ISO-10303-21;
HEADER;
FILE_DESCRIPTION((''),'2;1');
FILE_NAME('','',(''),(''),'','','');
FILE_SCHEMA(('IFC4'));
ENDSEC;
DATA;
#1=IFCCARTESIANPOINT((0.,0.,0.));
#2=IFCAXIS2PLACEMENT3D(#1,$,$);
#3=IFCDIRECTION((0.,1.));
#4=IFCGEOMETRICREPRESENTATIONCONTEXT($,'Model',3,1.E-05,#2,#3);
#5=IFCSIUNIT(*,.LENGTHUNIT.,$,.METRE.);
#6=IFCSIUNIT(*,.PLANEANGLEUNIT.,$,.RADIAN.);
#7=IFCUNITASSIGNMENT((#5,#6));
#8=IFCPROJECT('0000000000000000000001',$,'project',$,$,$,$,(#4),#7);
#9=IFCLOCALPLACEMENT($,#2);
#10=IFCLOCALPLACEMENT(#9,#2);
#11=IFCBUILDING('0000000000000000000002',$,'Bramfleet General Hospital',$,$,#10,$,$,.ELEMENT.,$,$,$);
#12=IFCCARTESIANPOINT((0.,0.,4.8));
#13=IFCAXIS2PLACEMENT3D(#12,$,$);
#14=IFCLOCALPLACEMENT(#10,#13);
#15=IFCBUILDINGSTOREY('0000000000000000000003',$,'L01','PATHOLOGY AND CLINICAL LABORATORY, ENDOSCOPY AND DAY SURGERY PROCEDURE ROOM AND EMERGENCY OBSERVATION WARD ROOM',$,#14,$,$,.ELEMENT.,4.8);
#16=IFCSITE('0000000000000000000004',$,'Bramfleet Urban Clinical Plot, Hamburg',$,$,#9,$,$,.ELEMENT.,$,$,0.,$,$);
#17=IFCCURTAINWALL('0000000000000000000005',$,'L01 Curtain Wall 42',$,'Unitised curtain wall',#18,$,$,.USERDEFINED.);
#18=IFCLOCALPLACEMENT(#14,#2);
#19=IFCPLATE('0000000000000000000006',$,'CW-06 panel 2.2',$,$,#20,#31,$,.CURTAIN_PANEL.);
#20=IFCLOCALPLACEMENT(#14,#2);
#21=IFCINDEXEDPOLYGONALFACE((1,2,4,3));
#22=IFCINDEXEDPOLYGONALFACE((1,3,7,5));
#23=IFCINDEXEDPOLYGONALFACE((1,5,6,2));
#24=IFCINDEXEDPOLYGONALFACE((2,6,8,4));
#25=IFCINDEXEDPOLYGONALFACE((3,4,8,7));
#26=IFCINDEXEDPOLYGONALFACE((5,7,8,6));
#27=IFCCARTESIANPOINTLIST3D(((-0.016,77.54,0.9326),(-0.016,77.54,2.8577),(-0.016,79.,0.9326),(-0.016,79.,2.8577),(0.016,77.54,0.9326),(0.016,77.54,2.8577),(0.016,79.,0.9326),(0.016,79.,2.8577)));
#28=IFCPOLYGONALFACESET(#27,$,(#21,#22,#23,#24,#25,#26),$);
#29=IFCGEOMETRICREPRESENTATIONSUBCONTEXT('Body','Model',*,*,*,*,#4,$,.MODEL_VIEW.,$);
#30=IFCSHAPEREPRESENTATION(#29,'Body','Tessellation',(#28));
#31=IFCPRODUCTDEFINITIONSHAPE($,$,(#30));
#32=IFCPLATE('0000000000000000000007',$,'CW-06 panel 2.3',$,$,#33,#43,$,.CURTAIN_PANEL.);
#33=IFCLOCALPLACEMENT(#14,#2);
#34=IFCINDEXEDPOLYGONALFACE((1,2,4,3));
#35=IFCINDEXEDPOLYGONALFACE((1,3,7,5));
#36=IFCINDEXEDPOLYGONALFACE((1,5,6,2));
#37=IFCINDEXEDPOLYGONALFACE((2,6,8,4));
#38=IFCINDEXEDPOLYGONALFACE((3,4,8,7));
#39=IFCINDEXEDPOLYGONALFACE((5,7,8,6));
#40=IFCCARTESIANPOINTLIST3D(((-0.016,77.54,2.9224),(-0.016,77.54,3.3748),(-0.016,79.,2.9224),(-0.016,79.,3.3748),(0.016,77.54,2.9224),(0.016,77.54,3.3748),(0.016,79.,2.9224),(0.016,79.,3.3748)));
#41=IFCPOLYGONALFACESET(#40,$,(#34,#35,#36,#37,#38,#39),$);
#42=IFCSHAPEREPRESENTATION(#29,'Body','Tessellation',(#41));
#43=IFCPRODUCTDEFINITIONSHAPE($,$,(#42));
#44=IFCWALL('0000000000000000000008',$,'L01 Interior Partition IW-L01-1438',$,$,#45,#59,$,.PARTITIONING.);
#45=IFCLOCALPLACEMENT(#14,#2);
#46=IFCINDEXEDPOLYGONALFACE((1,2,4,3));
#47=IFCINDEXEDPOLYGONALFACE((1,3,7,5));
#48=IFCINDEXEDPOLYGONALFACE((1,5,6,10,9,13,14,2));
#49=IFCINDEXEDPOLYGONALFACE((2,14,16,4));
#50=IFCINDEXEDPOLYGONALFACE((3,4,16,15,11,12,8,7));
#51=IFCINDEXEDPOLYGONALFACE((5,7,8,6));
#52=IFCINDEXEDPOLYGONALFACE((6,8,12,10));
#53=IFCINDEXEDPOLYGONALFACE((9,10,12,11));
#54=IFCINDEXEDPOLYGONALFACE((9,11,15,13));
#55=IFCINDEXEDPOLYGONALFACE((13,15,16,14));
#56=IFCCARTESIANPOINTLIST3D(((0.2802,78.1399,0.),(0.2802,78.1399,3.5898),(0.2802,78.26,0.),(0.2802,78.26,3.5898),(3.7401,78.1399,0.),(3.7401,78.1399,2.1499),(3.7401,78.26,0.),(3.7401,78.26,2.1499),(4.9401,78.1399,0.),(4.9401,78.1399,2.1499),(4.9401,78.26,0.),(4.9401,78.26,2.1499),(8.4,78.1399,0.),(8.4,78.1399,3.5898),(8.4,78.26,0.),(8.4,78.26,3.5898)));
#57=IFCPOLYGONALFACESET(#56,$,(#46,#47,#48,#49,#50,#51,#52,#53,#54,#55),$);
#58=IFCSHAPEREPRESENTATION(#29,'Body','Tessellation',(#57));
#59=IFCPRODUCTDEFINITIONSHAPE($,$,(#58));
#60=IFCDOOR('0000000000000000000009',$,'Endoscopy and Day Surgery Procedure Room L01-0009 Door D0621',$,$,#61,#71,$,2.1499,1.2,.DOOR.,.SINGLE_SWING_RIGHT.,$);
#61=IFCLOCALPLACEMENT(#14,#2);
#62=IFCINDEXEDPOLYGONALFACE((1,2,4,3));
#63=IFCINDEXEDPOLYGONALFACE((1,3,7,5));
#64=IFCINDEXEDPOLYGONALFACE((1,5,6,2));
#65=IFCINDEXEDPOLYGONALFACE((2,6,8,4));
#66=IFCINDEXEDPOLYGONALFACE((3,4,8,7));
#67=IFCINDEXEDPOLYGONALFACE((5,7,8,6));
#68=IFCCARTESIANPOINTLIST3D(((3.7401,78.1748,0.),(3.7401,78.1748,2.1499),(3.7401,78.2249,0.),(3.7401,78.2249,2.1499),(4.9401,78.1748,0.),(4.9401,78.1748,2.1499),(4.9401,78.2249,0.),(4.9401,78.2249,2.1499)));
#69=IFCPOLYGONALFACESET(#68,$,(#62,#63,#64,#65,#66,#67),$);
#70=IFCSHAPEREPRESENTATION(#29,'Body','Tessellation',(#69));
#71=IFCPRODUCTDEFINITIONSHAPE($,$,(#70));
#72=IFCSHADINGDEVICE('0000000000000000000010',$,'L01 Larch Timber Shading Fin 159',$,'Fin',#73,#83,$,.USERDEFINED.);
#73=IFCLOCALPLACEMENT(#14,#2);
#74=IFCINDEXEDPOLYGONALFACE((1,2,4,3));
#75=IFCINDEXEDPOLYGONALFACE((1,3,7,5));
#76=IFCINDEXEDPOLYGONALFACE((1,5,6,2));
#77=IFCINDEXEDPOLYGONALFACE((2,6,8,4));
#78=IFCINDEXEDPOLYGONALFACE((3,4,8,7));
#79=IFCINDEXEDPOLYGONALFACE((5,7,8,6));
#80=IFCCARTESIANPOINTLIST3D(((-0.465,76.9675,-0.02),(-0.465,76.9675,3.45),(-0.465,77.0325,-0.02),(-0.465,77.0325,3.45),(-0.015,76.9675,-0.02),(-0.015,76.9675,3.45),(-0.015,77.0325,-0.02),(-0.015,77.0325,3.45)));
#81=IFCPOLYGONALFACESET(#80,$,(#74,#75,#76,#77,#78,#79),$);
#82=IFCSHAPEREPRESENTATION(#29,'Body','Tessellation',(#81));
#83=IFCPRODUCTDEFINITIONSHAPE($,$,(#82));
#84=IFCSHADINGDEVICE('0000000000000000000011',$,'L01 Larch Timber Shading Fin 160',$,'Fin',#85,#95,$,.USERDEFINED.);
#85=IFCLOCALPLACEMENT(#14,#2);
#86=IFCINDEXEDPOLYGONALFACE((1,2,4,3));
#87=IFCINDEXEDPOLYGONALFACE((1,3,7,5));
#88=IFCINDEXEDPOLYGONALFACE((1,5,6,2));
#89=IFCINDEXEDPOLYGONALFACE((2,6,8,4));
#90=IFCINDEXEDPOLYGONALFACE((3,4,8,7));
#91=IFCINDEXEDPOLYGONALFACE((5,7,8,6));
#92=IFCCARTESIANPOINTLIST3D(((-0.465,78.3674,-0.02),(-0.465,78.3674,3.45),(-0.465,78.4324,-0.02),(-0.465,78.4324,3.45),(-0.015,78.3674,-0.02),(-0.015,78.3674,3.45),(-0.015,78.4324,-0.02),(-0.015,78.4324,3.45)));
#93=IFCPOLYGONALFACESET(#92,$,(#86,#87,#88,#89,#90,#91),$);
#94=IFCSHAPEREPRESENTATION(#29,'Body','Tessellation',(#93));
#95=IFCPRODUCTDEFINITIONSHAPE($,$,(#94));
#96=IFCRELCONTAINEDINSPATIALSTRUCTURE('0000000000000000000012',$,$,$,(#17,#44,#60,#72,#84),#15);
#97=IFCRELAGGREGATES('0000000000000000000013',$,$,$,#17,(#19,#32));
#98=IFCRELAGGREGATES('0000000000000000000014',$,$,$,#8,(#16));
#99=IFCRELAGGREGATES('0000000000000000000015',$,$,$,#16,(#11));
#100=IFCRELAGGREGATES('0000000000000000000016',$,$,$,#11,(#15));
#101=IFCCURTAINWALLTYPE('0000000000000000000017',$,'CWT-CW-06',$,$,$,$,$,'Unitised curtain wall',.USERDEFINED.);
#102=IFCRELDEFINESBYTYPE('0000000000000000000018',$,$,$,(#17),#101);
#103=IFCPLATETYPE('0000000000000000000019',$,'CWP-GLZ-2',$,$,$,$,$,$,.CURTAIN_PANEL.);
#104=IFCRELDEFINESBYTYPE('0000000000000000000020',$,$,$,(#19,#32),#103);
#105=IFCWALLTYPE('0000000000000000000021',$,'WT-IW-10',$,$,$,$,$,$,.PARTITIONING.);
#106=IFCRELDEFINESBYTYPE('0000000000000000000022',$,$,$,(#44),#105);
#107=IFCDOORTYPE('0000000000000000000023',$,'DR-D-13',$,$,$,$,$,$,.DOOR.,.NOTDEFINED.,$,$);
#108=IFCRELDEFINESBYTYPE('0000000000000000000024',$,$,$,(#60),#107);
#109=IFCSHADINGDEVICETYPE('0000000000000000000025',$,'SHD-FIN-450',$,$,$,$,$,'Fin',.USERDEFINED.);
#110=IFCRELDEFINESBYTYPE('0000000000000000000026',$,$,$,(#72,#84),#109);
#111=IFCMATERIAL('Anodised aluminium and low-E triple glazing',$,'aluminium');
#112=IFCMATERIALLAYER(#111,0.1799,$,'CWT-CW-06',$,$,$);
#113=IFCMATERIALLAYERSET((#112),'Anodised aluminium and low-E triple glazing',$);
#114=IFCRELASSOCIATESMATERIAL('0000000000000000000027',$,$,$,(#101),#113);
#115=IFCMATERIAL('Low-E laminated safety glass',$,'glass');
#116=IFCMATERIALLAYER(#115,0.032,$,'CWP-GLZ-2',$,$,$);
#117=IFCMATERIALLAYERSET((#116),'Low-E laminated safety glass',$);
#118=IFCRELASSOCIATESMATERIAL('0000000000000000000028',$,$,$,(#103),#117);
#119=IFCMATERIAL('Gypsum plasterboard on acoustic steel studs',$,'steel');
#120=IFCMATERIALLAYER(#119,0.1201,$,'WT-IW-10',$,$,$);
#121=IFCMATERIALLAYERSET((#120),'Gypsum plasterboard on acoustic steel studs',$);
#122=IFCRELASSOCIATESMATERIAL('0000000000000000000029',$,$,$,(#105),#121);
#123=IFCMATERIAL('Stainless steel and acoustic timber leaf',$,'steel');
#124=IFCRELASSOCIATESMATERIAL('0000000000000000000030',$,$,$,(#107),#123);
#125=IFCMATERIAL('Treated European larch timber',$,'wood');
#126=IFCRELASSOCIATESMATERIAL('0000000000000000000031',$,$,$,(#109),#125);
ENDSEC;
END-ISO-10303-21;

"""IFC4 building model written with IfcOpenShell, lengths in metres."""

from ifc_helpers import new_model, si_unit, direction, frame, frame_2d, origin, origin_2d, place, context, subcontext, project, spatial, rectangle, extrude, material, layer, layer_set, material_profile, profile_set, type_object, element, fill, aggregate, save


model = new_model("IFC4")

# Units and contexts
model_context = context("Model", 3, precision=1e-05, world=origin(), true_north=direction((0.0, 1.0)))
body_context = subcontext(model_context, "Body", "Model", "MODEL_VIEW")
ifc_project = project(units=[si_unit("LENGTHUNIT", "METRE"), si_unit("PLANEANGLEUNIT", "RADIAN")], contexts=[model_context])

# Site, building, storey
site_placement = place(None, origin())
site = spatial("IfcSite", under=ifc_project, at=site_placement, Name="Bramfleet Urban Clinical Plot, Hamburg", CompositionType="ELEMENT", RefElevation=0.0)
building_placement = place(site_placement, origin())
building = spatial("IfcBuilding", under=site, at=building_placement, Name="Bramfleet General Hospital", CompositionType="ELEMENT")
storey_placement = place(building_placement, frame((0.0, 0.0, 4.8)))
storey = spatial("IfcBuildingStorey", under=building, at=storey_placement, Name="L01", Description="PATHOLOGY AND CLINICAL LABORATORY, ENDOSCOPY AND DAY SURGERY PROCEDURE ROOM AND EMERGENCY OBSERVATION WARD ROOM", CompositionType="ELEMENT", Elevation=4.8)

# Curtain wall, plates
ifc_material_1 = material(Name="Anodised aluminium and low-E triple glazing", Category="aluminium")
ifc_layer_1 = layer(ifc_material_1, 0.1799, Name="CWT-CW-06")
ifc_layer_set_1 = layer_set([ifc_layer_1], Name="Anodised aluminium and low-E triple glazing")
curtain_wall_type = type_object("IfcCurtainWallType", Name="CWT-CW-06", ElementType="Unitised curtain wall", PredefinedType="USERDEFINED", material=ifc_layer_set_1)
curtain_wall_placement = place(storey_placement, origin())
curtain_wall = element("IfcCurtainWall", 1, at=curtain_wall_placement, inside=storey, type_object=curtain_wall_type, Name="L01 Curtain Wall 42", ObjectType="Unitised curtain wall", PredefinedType="USERDEFINED")
ifc_material_2 = material(Name="Low-E laminated safety glass", Category="glass")
ifc_layer_2 = layer(ifc_material_2, 0.032, Name="CWP-GLZ-2")
ifc_layer_set_2 = layer_set([ifc_layer_2], Name="Low-E laminated safety glass")
plate_type = type_object("IfcPlateType", Name="CWP-GLZ-2", PredefinedType="CURTAIN_PANEL", material=ifc_layer_set_2)
plate_1_placement = place(storey_placement, frame((0.0, 78.27, 0.9326), z_axis=(0.0, 0.0, 1.0), x_axis=(0.0, 1.0, 0.0)))
plate_1 = element("IfcPlate", 2, at=plate_1_placement, type_object=plate_type, Name="CW-06 panel 2.2", PredefinedType="CURTAIN_PANEL", context=body_context, shape_type="SweptSolid", body=[
    extrude(rectangle(XDim=1.46, YDim=0.032, at=origin_2d()), origin(), (0.0, 0.0, 1.0), 1.925),
])
plate_2_placement = place(storey_placement, frame((0.0, 78.27, 2.9224), z_axis=(0.0, 0.0, 1.0), x_axis=(0.0, 1.0, 0.0)))
plate_2 = element("IfcPlate", 3, at=plate_2_placement, type_object=plate_type, Name="CW-06 panel 2.3", PredefinedType="CURTAIN_PANEL", context=body_context, shape_type="SweptSolid", body=[
    extrude(rectangle(XDim=1.46, YDim=0.032, at=origin_2d()), origin(), (0.0, 0.0, 1.0), 0.4524),
])
aggregate(curtain_wall, [plate_1, plate_2])

# Wall, opening, door
ifc_material_3 = material(Name="Gypsum plasterboard on acoustic steel studs", Category="steel")
ifc_layer_3 = layer(ifc_material_3, 0.1201, Name="WT-IW-10")
ifc_layer_set_3 = layer_set([ifc_layer_3], Name="Gypsum plasterboard on acoustic steel studs")
wall_type = type_object("IfcWallType", Name="WT-IW-10", PredefinedType="PARTITIONING", material=ifc_layer_set_3)
wall_placement = place(storey_placement, frame((0.28, 78.2, 0.0), z_axis=(0.0, 0.0, 1.0), x_axis=(1.0, 0.0, 0.0)))
wall = element("IfcWall", 4, at=wall_placement, inside=storey, type_object=wall_type, Name="L01 Interior Partition IW-L01-1438", PredefinedType="PARTITIONING", context=body_context, shape_type="SweptSolid", body=[
    extrude(rectangle(XDim=8.1199, YDim=0.1201, at=frame_2d((4.0601, 0.0))), origin(), (0.0, 0.0, 1.0), 3.5898),
])
opening_placement = place(wall_placement, frame((3.46, 0.0, 0.0)))
opening = element("IfcOpeningElement", 5, at=opening_placement, cuts=wall, PredefinedType="OPENING", context=body_context, shape_type="SweptSolid", body=[
    extrude(rectangle(XDim=1.2, YDim=2.1499, at=frame_2d((0.6001, 1.075))), frame((0.0, 0.0701, 0.0), z_axis=(0.0, -1.0, 0.0), x_axis=(1.0, 0.0, 0.0)), (0.0, 0.0, 1.0), 0.1401),
])
ifc_material_4 = material(Name="Stainless steel and acoustic timber leaf", Category="steel")
door_type = type_object("IfcDoorType", Name="DR-D-13", OperationType="NOTDEFINED", PredefinedType="DOOR", material=ifc_material_4)
door_placement = place(opening_placement, origin())
door = element("IfcDoor", 6, at=door_placement, inside=storey, type_object=door_type, Name="Endoscopy and Day Surgery Procedure Room L01-0009 Door D0621", OperationType="SINGLE_SWING_RIGHT", OverallHeight=2.1499, OverallWidth=1.2, PredefinedType="DOOR", context=body_context, shape_type="SweptSolid", body=[
    extrude(rectangle(XDim=1.2, YDim=2.1499, at=frame_2d((0.6001, 1.075))), frame((0.0, 0.0249, 0.0), z_axis=(0.0, -1.0, 0.0), x_axis=(1.0, 0.0, 0.0)), (0.0, 0.0, 1.0), 0.05),
])
fill(opening, door)

# Shading devices
ifc_material_5 = material(Name="Treated European larch timber", Category="wood")
ifc_material_profile_1 = material_profile(ifc_material_5, rectangle(XDim=0.0649, YDim=0.45, at=origin_2d()), Name="LARCH FIN 450x65")
ifc_profile_set_1 = profile_set([ifc_material_profile_1], Name="Treated European larch timber")
shading_device_type = type_object("IfcShadingDeviceType", Name="SHD-FIN-450", ElementType="Fin", PredefinedType="USERDEFINED", material=ifc_profile_set_1)
for number, where, z_axis, x_axis, name in (
    (7, (-0.24, 77.0, -0.02), (0.0, 0.0, 1.0), (0.0, 1.0, 0.0), "L01 Larch Timber Shading Fin 159"),
    (8, (-0.24, 78.3999, -0.02), (0.0, 0.0, 1.0), (0.0, 1.0, 0.0), "L01 Larch Timber Shading Fin 160"),
):
    element("IfcShadingDevice", number, at=place(storey_placement, frame(where, z_axis=z_axis, x_axis=x_axis)), inside=storey, type_object=shading_device_type, Name=name, ObjectType="Fin", PredefinedType="USERDEFINED", context=body_context, shape_type="SweptSolid", body=[
        extrude(rectangle(XDim=0.0649, YDim=0.45, at=origin_2d()), origin(), (0.0, 0.0, 1.0), 3.47),
    ])

save(model, "model.ifc")
